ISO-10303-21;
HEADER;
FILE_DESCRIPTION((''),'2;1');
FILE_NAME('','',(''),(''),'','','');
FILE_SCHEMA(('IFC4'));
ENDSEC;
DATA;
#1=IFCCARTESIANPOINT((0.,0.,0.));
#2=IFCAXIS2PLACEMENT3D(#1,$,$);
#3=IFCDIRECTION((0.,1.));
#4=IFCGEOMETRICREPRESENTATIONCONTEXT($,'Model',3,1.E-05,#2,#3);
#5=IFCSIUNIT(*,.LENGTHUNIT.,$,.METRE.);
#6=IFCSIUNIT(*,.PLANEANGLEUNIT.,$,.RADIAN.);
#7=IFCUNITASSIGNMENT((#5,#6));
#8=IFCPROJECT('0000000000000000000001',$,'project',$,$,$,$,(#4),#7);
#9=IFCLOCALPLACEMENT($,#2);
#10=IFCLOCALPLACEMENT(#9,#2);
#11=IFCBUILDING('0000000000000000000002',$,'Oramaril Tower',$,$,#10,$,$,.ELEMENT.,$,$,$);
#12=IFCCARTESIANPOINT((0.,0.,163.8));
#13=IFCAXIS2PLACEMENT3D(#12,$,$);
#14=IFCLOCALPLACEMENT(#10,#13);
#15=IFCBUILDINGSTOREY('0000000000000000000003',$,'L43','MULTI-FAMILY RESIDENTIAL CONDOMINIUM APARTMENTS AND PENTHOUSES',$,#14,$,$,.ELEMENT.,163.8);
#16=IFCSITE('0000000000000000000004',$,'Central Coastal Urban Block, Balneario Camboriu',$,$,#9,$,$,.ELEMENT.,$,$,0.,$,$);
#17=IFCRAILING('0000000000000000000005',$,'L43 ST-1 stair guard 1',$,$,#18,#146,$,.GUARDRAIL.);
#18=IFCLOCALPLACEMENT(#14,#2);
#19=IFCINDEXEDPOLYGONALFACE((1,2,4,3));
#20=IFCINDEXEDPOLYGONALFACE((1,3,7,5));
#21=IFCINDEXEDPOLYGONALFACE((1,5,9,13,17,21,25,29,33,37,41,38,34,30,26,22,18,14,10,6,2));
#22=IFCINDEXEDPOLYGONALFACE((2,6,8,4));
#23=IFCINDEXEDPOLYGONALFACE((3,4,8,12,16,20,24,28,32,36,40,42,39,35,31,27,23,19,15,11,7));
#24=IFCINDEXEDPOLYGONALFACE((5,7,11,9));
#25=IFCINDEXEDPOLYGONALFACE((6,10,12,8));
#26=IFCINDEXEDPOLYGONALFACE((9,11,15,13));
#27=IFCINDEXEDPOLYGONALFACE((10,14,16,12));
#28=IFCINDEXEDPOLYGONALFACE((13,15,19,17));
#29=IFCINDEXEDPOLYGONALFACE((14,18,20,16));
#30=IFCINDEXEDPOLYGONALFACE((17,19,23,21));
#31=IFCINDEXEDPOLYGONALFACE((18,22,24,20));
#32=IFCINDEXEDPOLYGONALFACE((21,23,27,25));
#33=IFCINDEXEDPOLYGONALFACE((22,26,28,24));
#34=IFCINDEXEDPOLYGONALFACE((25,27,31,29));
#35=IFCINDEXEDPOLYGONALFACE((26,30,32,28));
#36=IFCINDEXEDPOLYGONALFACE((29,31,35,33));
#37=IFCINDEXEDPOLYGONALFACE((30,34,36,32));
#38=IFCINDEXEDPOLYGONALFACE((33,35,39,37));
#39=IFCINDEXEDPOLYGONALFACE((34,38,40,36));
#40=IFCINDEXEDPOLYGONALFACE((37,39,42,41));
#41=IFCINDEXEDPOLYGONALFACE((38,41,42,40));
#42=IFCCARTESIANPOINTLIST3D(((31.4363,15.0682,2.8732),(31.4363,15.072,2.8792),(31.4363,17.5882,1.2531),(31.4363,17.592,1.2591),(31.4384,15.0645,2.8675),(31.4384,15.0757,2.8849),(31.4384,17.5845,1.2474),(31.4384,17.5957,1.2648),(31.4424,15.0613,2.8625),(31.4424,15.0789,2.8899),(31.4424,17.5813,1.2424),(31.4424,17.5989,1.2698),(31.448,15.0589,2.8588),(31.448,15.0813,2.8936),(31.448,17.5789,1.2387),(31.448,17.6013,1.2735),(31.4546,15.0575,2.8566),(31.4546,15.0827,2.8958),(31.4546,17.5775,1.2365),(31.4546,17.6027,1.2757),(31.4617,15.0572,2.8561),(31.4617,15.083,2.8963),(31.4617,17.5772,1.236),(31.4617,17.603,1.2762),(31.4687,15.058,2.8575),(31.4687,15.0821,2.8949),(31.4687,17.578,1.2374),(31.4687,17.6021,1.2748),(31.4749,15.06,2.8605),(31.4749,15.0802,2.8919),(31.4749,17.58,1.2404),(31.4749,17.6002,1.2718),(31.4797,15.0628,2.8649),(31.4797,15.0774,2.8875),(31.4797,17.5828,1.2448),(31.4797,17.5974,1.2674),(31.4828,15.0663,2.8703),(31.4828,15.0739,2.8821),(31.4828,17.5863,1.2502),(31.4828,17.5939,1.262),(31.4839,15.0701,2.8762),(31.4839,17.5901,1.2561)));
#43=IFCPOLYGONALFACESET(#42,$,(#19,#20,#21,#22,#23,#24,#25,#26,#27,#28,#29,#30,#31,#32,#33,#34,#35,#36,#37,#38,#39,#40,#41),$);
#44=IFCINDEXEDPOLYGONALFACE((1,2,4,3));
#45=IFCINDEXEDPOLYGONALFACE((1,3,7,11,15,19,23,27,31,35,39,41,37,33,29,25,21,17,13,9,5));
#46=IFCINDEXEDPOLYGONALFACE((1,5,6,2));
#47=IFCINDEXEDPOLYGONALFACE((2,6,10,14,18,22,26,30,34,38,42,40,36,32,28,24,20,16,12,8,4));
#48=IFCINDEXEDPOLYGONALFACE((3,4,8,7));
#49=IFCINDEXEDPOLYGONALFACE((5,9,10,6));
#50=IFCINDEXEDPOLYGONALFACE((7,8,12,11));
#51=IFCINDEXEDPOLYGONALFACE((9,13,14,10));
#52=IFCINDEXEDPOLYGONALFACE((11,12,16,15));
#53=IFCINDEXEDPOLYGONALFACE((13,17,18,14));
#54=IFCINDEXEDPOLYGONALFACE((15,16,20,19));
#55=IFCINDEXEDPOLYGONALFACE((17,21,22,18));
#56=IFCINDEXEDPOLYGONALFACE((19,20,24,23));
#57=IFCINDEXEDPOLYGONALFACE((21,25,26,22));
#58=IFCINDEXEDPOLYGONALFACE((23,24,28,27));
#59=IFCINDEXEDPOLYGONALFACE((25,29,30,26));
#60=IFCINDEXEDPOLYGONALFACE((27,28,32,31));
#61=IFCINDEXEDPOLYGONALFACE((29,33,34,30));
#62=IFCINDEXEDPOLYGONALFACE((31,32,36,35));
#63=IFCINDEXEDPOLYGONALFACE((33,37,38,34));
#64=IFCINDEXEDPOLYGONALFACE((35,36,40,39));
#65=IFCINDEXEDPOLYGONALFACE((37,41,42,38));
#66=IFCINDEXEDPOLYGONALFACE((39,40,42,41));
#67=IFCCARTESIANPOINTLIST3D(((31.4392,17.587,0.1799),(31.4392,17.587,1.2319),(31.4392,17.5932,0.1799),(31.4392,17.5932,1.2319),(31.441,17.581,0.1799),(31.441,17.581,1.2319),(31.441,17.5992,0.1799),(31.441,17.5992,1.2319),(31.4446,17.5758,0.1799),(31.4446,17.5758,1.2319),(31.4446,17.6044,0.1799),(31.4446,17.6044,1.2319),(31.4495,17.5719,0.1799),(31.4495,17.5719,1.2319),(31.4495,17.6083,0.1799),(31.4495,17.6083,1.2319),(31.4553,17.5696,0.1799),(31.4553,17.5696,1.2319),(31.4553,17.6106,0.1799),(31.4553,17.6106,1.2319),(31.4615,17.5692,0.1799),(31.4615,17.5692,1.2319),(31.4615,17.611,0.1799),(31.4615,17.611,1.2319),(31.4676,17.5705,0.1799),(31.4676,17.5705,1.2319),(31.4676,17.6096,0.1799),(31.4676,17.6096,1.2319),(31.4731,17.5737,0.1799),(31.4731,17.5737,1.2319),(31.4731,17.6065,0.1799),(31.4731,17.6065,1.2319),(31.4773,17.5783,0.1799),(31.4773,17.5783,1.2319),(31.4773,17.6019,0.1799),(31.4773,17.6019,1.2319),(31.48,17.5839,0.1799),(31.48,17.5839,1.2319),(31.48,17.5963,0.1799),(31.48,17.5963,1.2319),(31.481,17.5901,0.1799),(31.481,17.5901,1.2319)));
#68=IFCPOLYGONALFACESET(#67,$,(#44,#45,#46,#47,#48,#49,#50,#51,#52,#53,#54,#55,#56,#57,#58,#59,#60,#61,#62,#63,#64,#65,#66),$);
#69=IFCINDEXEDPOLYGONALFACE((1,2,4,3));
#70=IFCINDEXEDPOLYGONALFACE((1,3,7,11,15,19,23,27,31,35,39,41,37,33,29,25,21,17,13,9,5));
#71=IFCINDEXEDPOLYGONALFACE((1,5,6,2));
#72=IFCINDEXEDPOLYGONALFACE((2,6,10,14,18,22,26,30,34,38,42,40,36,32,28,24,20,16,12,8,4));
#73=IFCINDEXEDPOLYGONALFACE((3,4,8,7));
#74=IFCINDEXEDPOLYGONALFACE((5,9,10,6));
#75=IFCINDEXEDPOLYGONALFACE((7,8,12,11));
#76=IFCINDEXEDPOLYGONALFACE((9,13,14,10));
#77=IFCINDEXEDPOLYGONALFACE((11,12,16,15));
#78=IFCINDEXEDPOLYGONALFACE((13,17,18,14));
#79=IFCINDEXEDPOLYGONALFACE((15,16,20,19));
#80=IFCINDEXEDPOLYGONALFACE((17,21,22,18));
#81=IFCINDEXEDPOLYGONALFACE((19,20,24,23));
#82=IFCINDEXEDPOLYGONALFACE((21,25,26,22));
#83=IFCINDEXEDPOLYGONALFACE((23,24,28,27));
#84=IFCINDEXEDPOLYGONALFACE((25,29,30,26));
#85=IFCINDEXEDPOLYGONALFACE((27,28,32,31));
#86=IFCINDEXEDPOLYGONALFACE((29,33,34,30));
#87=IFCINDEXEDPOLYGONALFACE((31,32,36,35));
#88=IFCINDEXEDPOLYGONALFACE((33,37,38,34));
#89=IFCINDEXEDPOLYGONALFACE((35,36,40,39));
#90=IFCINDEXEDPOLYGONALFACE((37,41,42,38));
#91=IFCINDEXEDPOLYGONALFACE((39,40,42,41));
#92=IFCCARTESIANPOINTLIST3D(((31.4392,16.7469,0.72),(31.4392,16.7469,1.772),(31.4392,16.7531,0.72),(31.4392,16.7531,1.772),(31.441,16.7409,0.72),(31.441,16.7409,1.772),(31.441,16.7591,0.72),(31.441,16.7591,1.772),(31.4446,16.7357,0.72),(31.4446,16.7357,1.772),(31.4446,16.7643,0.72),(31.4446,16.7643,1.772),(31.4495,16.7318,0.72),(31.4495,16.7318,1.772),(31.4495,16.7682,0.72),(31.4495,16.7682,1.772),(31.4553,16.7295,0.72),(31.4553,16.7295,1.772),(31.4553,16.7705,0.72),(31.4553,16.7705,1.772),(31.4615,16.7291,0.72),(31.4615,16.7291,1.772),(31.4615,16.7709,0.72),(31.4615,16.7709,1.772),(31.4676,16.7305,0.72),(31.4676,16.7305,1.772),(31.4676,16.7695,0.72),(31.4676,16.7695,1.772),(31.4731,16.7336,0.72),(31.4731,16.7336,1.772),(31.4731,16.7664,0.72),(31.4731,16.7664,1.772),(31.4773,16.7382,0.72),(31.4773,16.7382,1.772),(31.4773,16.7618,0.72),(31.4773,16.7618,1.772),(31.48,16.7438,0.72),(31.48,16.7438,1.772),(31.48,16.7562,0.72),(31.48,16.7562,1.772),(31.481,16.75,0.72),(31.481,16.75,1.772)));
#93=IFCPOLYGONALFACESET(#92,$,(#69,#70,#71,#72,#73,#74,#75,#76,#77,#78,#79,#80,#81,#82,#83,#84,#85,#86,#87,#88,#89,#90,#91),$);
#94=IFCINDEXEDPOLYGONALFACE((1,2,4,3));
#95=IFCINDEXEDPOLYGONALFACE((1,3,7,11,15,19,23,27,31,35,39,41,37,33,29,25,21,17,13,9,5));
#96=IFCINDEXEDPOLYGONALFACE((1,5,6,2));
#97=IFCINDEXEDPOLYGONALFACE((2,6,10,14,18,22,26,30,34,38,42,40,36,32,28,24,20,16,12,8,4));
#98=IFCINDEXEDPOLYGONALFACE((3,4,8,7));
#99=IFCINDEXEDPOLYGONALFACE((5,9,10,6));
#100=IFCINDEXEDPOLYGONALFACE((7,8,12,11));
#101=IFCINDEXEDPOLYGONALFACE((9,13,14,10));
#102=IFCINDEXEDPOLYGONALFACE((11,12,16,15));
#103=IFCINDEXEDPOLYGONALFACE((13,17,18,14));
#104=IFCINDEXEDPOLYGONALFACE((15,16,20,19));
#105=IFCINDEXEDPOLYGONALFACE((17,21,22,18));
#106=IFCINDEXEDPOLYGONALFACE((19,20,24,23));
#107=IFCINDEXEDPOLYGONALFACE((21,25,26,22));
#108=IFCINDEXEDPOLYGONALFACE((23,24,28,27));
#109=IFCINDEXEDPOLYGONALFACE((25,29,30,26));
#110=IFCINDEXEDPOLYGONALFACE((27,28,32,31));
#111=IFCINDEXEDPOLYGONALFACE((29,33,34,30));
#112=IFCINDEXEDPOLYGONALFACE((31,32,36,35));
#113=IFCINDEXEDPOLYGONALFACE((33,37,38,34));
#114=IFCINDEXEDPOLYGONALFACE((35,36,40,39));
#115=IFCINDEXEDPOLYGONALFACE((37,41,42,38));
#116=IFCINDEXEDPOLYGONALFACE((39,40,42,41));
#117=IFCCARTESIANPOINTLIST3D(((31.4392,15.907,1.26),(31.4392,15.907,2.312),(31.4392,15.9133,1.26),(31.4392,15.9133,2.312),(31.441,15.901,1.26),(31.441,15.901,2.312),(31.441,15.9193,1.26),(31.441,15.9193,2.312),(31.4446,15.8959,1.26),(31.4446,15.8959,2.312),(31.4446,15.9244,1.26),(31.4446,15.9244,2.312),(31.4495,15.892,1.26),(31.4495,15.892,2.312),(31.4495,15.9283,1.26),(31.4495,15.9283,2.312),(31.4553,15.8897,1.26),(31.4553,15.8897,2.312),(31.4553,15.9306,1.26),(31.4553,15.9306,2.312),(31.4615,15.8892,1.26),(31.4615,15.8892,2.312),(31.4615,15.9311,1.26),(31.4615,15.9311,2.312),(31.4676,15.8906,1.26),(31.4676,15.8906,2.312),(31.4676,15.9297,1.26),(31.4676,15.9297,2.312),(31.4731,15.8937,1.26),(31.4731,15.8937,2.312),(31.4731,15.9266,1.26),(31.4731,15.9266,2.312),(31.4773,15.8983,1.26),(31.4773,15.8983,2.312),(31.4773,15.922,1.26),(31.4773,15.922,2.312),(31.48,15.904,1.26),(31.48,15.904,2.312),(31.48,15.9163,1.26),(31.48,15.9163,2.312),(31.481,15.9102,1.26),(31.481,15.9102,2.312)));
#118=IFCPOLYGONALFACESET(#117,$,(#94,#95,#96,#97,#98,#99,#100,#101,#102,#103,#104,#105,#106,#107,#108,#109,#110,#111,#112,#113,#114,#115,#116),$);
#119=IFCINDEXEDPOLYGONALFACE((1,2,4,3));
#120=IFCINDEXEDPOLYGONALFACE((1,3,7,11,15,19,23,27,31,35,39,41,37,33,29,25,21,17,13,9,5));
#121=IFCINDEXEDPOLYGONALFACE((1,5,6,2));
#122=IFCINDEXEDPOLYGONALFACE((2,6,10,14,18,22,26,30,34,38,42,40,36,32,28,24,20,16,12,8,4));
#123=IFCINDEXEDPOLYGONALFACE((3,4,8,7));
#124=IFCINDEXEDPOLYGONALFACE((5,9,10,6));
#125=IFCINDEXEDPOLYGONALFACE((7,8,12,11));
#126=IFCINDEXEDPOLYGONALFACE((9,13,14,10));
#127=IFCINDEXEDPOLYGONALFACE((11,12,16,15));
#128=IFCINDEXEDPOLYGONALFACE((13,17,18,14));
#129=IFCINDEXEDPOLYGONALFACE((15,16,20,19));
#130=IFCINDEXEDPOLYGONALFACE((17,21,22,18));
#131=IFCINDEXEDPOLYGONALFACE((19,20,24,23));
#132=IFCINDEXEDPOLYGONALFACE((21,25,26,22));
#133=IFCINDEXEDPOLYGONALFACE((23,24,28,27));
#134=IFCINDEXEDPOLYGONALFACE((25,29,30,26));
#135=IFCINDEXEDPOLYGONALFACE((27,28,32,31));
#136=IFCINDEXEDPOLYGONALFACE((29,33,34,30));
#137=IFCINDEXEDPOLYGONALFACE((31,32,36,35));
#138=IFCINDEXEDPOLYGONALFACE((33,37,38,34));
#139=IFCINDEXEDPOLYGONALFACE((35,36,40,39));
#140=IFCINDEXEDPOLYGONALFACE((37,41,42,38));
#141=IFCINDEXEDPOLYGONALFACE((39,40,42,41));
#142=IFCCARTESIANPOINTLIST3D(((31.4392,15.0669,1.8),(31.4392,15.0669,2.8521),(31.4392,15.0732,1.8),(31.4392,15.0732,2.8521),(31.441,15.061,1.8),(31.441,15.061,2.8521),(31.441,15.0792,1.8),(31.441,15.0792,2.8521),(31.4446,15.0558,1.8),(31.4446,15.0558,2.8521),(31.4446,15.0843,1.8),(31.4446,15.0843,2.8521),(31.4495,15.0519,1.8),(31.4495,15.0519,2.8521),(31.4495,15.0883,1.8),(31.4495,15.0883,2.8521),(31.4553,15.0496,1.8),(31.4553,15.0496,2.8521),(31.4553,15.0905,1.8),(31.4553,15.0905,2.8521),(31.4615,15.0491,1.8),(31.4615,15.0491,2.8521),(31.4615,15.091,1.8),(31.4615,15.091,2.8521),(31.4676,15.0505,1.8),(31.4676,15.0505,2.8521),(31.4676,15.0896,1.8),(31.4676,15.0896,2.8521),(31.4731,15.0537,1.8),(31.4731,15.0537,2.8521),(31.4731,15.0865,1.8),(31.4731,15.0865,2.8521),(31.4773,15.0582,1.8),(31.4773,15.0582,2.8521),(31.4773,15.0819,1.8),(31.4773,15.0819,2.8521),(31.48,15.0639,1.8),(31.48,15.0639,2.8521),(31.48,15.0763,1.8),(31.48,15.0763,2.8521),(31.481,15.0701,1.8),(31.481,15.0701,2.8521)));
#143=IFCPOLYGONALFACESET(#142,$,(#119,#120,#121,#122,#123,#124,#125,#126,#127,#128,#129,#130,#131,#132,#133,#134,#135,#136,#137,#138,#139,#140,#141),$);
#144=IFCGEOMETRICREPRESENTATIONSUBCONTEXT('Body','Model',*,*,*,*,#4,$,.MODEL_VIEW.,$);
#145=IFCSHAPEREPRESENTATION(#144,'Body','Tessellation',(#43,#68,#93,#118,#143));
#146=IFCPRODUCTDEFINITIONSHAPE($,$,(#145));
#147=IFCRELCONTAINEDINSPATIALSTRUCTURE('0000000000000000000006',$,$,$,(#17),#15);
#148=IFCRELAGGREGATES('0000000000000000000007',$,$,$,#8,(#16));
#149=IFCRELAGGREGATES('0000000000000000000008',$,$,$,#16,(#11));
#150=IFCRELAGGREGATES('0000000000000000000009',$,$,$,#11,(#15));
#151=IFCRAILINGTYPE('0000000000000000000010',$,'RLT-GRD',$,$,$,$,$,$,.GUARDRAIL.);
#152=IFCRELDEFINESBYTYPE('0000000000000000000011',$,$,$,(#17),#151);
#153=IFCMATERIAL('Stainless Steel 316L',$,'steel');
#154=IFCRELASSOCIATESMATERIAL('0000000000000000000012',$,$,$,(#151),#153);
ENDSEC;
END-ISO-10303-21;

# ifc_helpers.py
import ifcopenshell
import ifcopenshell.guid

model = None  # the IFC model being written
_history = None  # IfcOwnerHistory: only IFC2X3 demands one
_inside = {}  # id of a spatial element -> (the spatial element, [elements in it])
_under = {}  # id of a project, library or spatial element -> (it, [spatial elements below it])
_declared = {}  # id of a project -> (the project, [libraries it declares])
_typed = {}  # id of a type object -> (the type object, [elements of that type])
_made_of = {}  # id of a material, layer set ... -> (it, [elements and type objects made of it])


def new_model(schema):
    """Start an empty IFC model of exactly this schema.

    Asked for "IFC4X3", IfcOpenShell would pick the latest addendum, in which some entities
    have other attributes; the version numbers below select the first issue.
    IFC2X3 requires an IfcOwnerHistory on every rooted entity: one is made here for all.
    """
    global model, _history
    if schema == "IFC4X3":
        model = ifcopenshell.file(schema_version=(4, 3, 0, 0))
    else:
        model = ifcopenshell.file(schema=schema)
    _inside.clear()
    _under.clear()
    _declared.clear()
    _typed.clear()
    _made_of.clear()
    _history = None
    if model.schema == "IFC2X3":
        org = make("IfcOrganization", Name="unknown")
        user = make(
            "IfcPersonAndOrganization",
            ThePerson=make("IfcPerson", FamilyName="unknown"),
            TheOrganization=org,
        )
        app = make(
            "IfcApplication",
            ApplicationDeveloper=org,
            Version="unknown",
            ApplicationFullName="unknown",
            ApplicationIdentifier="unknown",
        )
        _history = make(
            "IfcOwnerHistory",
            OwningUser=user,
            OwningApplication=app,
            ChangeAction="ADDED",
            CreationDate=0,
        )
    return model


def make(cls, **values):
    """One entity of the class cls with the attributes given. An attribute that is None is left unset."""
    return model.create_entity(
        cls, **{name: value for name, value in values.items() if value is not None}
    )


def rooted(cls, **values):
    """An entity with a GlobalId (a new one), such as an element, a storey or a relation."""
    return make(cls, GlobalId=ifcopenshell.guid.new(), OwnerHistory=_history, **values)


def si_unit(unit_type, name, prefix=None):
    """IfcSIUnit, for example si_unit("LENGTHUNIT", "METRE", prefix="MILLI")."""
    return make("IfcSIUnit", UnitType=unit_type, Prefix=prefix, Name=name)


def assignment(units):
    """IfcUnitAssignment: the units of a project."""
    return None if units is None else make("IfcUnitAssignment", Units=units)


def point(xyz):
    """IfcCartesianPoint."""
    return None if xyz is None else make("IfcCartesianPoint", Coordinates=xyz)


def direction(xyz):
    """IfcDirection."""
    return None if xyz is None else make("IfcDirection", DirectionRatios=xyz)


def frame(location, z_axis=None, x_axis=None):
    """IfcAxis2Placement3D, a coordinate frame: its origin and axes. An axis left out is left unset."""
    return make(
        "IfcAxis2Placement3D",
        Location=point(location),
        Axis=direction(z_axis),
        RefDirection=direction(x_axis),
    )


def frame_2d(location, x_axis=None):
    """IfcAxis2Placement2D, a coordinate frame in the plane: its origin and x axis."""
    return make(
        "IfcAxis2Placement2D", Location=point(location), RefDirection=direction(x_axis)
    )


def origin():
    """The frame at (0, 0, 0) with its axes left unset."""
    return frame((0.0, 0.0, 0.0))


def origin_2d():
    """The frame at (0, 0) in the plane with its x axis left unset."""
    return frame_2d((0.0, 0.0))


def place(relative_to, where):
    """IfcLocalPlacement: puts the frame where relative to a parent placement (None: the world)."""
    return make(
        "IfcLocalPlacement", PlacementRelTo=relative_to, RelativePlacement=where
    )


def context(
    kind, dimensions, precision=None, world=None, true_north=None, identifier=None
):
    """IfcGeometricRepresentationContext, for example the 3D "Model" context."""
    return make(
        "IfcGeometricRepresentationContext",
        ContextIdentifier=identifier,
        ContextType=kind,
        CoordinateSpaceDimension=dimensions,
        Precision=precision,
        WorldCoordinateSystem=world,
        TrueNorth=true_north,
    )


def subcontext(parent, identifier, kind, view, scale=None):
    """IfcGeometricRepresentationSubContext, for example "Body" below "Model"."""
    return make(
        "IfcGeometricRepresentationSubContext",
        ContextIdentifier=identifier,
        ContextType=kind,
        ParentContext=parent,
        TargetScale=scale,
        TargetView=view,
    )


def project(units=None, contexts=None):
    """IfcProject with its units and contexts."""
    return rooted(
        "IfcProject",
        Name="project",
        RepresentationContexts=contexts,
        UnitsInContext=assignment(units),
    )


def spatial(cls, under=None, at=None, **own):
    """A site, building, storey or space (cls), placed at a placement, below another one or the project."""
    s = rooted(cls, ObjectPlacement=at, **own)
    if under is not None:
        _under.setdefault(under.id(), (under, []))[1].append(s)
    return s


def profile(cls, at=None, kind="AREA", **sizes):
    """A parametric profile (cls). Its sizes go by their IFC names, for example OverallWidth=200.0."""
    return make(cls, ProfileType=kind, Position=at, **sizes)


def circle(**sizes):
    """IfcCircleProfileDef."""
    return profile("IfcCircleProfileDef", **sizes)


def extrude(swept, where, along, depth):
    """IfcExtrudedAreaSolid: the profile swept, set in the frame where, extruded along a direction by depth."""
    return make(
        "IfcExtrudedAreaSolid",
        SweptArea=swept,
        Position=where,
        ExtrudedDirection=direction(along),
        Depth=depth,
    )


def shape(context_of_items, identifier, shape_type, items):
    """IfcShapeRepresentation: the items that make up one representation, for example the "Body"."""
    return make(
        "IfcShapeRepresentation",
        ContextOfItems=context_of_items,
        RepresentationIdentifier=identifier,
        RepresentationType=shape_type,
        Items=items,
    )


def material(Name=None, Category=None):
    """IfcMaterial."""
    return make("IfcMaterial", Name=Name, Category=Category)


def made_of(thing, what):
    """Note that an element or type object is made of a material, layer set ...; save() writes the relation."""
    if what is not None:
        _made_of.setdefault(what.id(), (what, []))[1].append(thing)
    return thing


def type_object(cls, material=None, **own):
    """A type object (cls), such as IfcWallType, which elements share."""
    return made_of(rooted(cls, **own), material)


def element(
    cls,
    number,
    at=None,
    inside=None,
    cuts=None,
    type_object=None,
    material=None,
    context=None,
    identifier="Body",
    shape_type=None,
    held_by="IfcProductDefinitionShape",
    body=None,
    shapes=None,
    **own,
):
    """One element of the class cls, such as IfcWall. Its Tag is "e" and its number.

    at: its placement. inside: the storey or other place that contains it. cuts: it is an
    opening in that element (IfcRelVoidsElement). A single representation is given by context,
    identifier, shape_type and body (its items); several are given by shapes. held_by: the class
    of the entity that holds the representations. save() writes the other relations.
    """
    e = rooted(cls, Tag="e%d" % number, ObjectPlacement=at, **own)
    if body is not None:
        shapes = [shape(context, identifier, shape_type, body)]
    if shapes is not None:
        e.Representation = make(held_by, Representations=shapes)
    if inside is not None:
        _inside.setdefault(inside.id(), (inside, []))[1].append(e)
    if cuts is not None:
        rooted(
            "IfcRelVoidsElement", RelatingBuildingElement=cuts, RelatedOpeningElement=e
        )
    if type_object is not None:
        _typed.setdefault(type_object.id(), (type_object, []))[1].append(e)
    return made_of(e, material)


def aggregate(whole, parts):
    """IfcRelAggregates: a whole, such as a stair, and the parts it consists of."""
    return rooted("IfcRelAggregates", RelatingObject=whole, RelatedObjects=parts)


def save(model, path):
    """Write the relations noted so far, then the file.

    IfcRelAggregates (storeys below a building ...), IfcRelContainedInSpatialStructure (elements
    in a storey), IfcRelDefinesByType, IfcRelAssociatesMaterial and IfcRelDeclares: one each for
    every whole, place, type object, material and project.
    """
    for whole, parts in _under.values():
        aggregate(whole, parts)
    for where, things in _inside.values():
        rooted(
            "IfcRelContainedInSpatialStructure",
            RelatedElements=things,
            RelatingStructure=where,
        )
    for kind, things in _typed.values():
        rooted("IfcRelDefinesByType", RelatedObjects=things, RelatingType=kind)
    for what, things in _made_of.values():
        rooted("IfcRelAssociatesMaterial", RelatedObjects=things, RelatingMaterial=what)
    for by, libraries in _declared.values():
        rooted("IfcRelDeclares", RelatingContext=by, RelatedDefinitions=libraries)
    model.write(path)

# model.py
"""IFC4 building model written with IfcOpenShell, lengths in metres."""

from ifc_helpers import new_model, si_unit, direction, frame, origin, origin_2d, place, context, subcontext, project, spatial, circle, extrude, material, type_object, element, save


model = new_model("IFC4")

# Units and contexts
model_context = context("Model", 3, precision=1e-05, world=origin(), true_north=direction((0.0, 1.0)))
body_context = subcontext(model_context, "Body", "Model", "MODEL_VIEW")
ifc_project = project(units=[si_unit("LENGTHUNIT", "METRE"), si_unit("PLANEANGLEUNIT", "RADIAN")], contexts=[model_context])

# Site, building, storey
site_placement = place(None, origin())
site = spatial("IfcSite", under=ifc_project, at=site_placement, Name="Central Coastal Urban Block, Balneario Camboriu", CompositionType="ELEMENT", RefElevation=0.0)
building_placement = place(site_placement, origin())
building = spatial("IfcBuilding", under=site, at=building_placement, Name="Oramaril Tower", CompositionType="ELEMENT")
storey_placement = place(building_placement, frame((0.0, 0.0, 163.8)))
storey = spatial("IfcBuildingStorey", under=building, at=storey_placement, Name="L43", Description="MULTI-FAMILY RESIDENTIAL CONDOMINIUM APARTMENTS AND PENTHOUSES", CompositionType="ELEMENT", Elevation=163.8)

# Railing
ifc_material_1 = material(Name="Stainless Steel 316L", Category="steel")
railing_type_1 = type_object("IfcRailingType", Name="RLT-GRD", PredefinedType="GUARDRAIL", material=ifc_material_1)
railing_1_placement = place(storey_placement, frame((31.46, 17.5901, 0.1799)))
element("IfcRailing", 1, at=railing_1_placement, inside=storey, type_object=railing_type_1, Name="L43 ST-1 stair guard 1", PredefinedType="GUARDRAIL", context=body_context, shape_type="SweptSolid", body=[
    extrude(circle(Radius=0.0239, at=origin_2d()), frame((0.0, 0.0, 1.0762), z_axis=(0.0, -0.841163, 0.540782), x_axis=(1.0, 0.0, 0.0)), (0.0, 0.0, 1.0), 2.9958),
    extrude(circle(Radius=0.021, at=origin_2d()), origin(), (0.0, 0.0, 1.0), 1.052),
    extrude(circle(Radius=0.021, at=origin_2d()), frame((0.0, -0.8401, 0.54)), (0.0, 0.0, 1.0), 1.052),
    extrude(circle(Radius=0.021, at=origin_2d()), frame((0.0, -1.6799, 1.0801)), (0.0, 0.0, 1.0), 1.052),
    extrude(circle(Radius=0.021, at=origin_2d()), frame((0.0, -2.52, 1.6201)), (0.0, 0.0, 1.0), 1.052),
])

save(model, "model.ifc")
